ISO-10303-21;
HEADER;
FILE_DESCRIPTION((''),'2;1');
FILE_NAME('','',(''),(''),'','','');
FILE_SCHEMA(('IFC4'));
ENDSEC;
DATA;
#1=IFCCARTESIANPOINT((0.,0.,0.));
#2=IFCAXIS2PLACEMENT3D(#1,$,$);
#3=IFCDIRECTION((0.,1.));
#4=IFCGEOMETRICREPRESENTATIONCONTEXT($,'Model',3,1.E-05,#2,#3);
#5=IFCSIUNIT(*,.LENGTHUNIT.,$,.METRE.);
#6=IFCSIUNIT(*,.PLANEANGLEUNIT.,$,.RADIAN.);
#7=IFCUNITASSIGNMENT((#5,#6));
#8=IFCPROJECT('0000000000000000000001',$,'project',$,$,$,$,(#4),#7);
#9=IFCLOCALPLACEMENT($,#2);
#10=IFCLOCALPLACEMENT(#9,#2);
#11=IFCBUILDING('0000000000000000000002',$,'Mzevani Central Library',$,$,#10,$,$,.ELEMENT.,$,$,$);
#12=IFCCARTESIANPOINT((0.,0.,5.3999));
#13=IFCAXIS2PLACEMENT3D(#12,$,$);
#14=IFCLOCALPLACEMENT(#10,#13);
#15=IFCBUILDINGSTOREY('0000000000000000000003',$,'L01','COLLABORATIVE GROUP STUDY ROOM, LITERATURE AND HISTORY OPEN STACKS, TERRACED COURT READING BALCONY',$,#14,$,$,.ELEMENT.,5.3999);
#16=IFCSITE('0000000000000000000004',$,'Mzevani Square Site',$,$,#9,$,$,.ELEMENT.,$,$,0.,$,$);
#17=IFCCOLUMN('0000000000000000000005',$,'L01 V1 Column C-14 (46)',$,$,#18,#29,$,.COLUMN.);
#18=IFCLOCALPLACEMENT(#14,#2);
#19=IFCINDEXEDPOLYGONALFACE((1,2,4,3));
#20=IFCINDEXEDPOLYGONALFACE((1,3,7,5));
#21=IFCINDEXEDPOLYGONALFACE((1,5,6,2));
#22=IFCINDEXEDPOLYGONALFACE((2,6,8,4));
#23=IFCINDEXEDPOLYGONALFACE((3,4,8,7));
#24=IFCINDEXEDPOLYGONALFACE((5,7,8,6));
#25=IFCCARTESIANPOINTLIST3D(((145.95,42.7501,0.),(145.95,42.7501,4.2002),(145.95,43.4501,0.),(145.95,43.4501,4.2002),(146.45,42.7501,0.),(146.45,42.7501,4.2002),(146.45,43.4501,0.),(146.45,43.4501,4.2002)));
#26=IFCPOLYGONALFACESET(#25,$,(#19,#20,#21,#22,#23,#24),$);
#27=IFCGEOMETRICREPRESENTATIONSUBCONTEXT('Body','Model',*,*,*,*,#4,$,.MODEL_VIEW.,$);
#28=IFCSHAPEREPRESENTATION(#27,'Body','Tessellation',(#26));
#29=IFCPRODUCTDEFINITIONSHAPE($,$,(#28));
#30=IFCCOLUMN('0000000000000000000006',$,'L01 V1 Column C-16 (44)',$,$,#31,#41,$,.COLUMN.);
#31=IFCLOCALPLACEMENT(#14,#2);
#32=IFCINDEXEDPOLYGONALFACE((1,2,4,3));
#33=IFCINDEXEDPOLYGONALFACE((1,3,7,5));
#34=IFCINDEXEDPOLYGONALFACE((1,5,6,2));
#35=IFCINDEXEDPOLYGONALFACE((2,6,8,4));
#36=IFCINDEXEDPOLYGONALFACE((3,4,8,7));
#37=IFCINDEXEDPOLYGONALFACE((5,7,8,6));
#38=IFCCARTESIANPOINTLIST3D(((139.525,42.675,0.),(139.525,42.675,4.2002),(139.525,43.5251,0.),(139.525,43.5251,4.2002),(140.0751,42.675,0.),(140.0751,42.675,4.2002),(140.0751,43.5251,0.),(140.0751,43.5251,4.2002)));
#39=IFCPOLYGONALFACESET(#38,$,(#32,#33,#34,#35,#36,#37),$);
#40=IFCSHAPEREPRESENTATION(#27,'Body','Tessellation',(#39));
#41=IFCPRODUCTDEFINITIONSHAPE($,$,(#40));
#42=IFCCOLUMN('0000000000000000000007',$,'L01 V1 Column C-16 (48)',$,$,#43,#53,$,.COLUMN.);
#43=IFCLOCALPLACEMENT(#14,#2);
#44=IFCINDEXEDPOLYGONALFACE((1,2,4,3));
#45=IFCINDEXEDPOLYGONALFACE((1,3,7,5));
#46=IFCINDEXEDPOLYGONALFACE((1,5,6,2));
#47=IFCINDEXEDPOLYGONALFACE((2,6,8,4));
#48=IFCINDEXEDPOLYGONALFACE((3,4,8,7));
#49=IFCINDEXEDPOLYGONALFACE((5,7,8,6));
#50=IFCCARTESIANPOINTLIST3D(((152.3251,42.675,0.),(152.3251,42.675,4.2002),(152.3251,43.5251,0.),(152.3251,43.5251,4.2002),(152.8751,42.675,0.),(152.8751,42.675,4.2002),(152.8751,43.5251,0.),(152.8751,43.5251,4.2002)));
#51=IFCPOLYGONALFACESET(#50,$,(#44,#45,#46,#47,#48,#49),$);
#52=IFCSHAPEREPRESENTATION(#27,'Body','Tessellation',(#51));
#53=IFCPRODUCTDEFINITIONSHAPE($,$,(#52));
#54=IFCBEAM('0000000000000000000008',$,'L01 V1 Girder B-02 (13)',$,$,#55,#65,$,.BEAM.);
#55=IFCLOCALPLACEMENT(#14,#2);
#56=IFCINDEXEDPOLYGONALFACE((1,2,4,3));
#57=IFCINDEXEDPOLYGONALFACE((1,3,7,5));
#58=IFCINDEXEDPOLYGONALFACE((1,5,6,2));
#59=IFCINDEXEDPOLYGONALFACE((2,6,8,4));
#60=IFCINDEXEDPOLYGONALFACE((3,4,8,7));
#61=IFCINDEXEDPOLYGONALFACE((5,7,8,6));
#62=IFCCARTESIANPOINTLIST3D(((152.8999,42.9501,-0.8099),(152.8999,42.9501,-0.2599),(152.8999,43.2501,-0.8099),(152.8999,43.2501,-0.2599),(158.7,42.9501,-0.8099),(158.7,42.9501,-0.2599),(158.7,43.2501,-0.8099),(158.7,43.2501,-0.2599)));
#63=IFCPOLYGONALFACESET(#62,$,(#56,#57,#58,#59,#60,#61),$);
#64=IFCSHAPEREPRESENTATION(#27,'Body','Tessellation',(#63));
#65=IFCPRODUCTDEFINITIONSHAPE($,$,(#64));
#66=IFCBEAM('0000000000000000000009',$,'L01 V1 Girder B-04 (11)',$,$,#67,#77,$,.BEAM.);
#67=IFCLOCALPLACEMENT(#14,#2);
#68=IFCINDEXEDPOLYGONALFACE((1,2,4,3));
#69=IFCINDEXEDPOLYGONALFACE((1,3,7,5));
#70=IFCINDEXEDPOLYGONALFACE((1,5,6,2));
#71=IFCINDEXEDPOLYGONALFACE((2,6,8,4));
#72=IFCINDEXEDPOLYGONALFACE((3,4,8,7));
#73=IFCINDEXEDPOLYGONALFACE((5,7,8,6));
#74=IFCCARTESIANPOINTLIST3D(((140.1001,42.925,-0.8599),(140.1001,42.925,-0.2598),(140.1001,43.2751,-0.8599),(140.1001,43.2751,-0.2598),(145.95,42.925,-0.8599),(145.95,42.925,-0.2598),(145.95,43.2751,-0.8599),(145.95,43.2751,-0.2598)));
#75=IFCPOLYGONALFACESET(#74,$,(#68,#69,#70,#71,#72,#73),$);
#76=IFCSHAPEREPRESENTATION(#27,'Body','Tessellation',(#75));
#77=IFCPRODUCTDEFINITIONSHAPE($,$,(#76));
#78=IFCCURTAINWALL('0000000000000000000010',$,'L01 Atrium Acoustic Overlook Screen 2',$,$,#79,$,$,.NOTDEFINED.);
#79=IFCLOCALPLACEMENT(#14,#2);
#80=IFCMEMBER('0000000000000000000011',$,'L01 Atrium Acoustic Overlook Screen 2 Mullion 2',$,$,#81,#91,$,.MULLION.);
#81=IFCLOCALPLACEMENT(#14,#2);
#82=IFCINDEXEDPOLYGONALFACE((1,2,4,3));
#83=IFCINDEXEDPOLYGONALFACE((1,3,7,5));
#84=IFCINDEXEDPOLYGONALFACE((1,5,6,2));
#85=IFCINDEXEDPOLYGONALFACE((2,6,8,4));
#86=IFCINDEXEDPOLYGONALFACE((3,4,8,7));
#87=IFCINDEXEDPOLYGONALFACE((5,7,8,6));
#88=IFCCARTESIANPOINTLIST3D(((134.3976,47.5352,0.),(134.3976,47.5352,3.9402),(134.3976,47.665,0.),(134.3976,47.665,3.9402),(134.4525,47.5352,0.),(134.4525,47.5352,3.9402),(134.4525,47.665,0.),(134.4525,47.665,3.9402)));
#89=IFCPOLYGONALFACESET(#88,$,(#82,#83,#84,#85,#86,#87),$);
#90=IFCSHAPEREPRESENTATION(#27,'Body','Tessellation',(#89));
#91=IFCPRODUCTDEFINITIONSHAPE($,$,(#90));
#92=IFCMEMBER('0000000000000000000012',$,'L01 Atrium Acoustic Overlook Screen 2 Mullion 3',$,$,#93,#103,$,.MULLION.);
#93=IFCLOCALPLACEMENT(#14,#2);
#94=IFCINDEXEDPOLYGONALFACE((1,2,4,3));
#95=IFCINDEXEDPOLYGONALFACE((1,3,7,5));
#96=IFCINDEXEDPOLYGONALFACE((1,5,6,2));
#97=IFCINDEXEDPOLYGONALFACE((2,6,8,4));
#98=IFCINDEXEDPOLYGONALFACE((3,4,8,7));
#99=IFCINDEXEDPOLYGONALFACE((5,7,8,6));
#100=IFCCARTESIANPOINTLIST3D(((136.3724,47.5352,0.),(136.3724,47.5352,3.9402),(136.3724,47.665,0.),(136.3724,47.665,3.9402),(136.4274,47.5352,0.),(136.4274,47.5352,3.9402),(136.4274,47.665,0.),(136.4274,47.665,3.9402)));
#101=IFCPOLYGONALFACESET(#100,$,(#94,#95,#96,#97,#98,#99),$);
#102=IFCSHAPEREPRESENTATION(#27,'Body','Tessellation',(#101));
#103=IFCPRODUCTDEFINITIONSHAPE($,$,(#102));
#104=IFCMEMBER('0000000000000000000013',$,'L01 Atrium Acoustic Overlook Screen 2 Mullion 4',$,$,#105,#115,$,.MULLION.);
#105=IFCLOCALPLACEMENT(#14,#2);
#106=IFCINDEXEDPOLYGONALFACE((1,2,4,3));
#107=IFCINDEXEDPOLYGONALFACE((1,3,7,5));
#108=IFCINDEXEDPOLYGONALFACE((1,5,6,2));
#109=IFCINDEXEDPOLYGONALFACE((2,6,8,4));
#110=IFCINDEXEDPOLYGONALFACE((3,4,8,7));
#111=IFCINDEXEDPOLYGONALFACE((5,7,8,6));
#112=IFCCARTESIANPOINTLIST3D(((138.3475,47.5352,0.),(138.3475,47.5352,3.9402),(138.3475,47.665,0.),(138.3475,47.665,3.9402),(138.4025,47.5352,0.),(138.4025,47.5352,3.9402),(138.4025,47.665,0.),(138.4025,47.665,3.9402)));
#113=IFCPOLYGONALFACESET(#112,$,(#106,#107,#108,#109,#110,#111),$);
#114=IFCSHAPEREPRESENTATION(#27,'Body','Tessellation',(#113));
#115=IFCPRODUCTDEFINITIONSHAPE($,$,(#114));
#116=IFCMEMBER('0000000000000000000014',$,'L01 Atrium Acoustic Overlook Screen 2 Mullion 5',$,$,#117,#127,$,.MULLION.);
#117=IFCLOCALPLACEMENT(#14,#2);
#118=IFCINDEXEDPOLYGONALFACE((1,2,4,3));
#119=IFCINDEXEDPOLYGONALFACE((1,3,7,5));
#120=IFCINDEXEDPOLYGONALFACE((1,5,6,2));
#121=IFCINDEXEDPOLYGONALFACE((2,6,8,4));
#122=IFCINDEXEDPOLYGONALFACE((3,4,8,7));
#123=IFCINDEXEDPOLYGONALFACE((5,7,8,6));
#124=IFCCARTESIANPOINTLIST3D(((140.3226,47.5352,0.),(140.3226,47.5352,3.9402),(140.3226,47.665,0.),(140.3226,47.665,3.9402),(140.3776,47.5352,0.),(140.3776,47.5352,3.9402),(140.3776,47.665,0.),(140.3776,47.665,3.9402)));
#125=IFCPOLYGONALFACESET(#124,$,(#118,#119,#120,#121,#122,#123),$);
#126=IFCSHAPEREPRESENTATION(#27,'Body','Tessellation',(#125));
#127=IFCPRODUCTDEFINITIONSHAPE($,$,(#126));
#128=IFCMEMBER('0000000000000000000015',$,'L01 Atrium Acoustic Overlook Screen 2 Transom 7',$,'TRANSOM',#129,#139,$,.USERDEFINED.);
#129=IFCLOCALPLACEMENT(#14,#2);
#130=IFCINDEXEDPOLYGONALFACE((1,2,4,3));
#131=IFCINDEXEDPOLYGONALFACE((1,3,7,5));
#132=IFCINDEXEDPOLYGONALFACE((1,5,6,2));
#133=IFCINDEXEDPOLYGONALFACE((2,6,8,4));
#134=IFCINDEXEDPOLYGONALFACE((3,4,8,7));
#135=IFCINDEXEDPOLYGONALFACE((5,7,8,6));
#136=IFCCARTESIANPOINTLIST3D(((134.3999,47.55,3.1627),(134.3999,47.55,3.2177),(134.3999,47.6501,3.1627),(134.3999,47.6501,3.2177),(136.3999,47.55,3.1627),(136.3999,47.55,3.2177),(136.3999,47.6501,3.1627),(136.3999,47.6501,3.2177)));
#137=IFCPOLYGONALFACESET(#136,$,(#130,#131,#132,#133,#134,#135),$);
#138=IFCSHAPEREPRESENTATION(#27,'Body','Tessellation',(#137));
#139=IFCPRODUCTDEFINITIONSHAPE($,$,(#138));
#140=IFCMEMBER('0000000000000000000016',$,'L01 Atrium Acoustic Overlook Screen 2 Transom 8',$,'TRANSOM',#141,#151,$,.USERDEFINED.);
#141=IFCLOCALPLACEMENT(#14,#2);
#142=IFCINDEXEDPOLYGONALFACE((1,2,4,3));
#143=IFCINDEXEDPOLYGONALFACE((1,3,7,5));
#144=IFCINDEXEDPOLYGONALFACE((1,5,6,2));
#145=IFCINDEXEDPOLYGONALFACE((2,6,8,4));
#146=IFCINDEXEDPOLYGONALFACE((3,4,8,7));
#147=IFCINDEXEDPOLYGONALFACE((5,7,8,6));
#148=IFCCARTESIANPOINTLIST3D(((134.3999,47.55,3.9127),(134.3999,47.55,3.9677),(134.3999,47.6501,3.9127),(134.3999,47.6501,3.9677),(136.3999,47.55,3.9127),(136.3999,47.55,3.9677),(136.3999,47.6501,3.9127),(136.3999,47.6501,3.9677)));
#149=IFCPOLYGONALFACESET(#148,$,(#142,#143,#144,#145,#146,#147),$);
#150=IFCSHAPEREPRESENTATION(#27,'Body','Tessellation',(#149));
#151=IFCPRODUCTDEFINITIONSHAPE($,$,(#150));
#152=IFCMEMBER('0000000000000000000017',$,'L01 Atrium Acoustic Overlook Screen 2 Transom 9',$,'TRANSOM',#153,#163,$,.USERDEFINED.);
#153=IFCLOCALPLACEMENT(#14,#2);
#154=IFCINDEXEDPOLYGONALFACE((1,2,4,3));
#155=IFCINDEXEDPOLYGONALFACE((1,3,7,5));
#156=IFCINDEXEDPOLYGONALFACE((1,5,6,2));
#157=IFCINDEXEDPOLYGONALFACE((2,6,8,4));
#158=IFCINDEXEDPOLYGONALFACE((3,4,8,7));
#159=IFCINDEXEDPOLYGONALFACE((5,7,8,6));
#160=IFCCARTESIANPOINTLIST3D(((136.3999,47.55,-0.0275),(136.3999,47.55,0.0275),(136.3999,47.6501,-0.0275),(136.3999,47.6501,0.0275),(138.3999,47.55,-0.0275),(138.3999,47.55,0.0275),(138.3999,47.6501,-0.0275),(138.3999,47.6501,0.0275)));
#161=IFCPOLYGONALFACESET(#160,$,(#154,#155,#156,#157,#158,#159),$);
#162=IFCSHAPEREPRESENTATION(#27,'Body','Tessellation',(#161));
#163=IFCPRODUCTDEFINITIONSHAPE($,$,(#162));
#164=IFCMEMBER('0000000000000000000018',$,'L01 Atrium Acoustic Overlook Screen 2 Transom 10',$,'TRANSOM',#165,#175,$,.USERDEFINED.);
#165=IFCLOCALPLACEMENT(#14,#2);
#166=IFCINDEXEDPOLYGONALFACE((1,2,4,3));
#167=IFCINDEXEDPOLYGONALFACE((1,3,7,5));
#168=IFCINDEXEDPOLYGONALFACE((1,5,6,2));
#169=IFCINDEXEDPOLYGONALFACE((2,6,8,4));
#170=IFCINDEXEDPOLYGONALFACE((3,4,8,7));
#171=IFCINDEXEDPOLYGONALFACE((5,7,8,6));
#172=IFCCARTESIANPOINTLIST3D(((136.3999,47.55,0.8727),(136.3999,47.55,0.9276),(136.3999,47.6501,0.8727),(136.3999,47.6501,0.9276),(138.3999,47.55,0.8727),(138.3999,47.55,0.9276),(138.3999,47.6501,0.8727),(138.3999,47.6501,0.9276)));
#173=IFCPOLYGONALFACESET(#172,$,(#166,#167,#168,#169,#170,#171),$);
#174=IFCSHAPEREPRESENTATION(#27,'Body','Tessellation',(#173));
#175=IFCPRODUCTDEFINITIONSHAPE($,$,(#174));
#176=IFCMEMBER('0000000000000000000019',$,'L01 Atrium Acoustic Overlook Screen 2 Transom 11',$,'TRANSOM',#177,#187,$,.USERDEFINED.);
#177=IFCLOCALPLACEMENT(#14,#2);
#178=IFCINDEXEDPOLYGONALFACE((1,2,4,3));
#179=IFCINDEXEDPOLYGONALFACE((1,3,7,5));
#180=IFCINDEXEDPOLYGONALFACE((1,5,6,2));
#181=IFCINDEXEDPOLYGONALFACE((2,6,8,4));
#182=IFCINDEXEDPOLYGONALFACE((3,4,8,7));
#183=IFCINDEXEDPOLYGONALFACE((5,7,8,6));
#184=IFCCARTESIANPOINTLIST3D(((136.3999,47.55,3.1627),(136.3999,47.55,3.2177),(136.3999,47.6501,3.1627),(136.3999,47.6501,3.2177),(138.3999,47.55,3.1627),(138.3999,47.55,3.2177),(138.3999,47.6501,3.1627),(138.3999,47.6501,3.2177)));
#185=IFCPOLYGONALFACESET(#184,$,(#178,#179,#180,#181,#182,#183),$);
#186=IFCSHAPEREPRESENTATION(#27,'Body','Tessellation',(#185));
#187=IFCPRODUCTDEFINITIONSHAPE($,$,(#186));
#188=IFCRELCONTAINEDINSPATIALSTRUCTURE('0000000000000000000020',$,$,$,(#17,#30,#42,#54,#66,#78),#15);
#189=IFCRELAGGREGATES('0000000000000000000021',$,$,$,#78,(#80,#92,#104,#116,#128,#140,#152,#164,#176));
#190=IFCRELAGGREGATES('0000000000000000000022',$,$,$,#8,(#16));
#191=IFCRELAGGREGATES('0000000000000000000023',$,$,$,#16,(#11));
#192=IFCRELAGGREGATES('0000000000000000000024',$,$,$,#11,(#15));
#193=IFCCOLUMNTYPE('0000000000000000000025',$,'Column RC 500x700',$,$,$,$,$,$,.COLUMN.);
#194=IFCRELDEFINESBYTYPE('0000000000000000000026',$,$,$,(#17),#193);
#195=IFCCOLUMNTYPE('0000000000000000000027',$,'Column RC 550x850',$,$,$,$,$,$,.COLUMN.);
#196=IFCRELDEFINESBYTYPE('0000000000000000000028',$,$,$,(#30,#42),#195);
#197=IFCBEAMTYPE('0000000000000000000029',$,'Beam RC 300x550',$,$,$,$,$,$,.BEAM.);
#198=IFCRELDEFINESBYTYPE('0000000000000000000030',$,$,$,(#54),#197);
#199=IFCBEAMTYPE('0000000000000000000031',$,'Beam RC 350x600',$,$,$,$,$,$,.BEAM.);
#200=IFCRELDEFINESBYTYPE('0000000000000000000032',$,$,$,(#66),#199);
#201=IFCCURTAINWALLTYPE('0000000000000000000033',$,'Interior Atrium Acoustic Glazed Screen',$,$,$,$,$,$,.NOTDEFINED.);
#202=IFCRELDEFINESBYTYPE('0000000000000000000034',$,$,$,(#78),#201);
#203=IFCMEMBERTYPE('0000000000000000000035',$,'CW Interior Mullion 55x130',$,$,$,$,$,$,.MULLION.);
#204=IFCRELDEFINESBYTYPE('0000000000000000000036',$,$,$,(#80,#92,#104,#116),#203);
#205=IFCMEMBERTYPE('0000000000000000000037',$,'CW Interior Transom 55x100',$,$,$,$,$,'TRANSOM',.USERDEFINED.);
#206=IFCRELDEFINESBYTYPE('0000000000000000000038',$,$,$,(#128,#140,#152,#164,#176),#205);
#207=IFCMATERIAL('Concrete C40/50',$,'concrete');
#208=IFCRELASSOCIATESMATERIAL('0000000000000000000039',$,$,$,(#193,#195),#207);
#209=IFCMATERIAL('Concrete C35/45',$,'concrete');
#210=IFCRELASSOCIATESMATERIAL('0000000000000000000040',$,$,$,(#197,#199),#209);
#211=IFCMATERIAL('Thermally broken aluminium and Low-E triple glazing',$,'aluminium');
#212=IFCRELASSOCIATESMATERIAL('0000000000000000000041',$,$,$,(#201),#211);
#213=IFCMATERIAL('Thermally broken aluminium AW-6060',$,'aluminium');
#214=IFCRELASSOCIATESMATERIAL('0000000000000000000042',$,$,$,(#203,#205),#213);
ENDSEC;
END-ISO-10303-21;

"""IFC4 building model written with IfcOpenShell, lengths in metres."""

from ifc_helpers import new_model, si_unit, direction, frame, origin, origin_2d, place, context, subcontext, project, spatial, rectangle, extrude, material, material_profile, profile_set, type_object, element, aggregate, save


model = new_model("IFC4")

# Units and contexts
model_context = context("Model", 3, precision=1e-05, world=origin(), true_north=direction((0.0, 1.0)))
body_context = subcontext(model_context, "Body", "Model", "MODEL_VIEW")
ifc_project = project(units=[si_unit("LENGTHUNIT", "METRE"), si_unit("PLANEANGLEUNIT", "RADIAN")], contexts=[model_context])

# Site, building, storey
site_placement = place(None, origin())
site = spatial("IfcSite", under=ifc_project, at=site_placement, Name="Mzevani Square Site", CompositionType="ELEMENT", RefElevation=0.0)
building_placement = place(site_placement, origin())
building = spatial("IfcBuilding", under=site, at=building_placement, Name="Mzevani Central Library", CompositionType="ELEMENT")
storey_placement = place(building_placement, frame((0.0, 0.0, 5.3999)))
storey = spatial("IfcBuildingStorey", under=building, at=storey_placement, Name="L01", Description="COLLABORATIVE GROUP STUDY ROOM, LITERATURE AND HISTORY OPEN STACKS, TERRACED COURT READING BALCONY", CompositionType="ELEMENT", Elevation=5.3999)

# Columns
ifc_material_1 = material(Name="Concrete C40/50", Category="concrete")
ifc_material_profile_1 = material_profile(ifc_material_1, rectangle(XDim=0.5, YDim=0.7, at=origin_2d()), Name="RC 500x700")
ifc_profile_set_1 = profile_set([ifc_material_profile_1], Name="Concrete C40/50")
column_type_1 = type_object("IfcColumnType", Name="Column RC 500x700", PredefinedType="COLUMN", material=ifc_profile_set_1)
column_placement = place(storey_placement, frame((146.2, 43.1001, 0.0), z_axis=(0.0, 0.0, 1.0), x_axis=(1.0, 0.0, 0.0)))
element("IfcColumn", 1, at=column_placement, inside=storey, type_object=column_type_1, Name="L01 V1 Column C-14 (46)", PredefinedType="COLUMN", context=body_context, shape_type="SweptSolid", body=[
    extrude(rectangle(XDim=0.5, YDim=0.7, at=origin_2d()), origin(), (0.0, 0.0, 1.0), 4.2002),
])
ifc_material_profile_2 = material_profile(ifc_material_1, rectangle(XDim=0.55, YDim=0.8501, at=origin_2d()), Name="RC 550x850")
ifc_profile_set_2 = profile_set([ifc_material_profile_2], Name="Concrete C40/50")
column_type_2 = type_object("IfcColumnType", Name="Column RC 550x850", PredefinedType="COLUMN", material=ifc_profile_set_2)
for number, where, z_axis, x_axis, name in (
    (2, (139.8, 43.1001, 0.0), (0.0, 0.0, 1.0), (1.0, 0.0, 0.0), "L01 V1 Column C-16 (44)"),
    (3, (152.6001, 43.1001, 0.0), (0.0, 0.0, 1.0), (1.0, 0.0, 0.0), "L01 V1 Column C-16 (48)"),
):
    element("IfcColumn", number, at=place(storey_placement, frame(where, z_axis=z_axis, x_axis=x_axis)), inside=storey, type_object=column_type_2, Name=name, PredefinedType="COLUMN", context=body_context, shape_type="SweptSolid", body=[
        extrude(rectangle(XDim=0.55, YDim=0.8501, at=origin_2d()), origin(), (0.0, 0.0, 1.0), 4.2002),
    ])

# Beams
ifc_material_2 = material(Name="Concrete C35/45", Category="concrete")
ifc_material_profile_3 = material_profile(ifc_material_2, rectangle(XDim=0.3, YDim=0.55, at=origin_2d()), Name="RC B300x550")
ifc_profile_set_3 = profile_set([ifc_material_profile_3], Name="Concrete C35/45")
beam_type_1 = type_object("IfcBeamType", Name="Beam RC 300x550", PredefinedType="BEAM", material=ifc_profile_set_3)
beam_1_placement = place(storey_placement, frame((152.8999, 43.1001, -0.5349), z_axis=(1.0, 0.0, 0.0), x_axis=(0.0, 1.0, 0.0)))
element("IfcBeam", 4, at=beam_1_placement, inside=storey, type_object=beam_type_1, Name="L01 V1 Girder B-02 (13)", PredefinedType="BEAM", context=body_context, shape_type="SweptSolid", body=[
    extrude(rectangle(XDim=0.3, YDim=0.55, at=origin_2d()), origin(), (0.0, 0.0, 1.0), 5.8),
])
ifc_material_profile_4 = material_profile(ifc_material_2, rectangle(XDim=0.3501, YDim=0.6001, at=origin_2d()), Name="RC B350x600")
ifc_profile_set_4 = profile_set([ifc_material_profile_4], Name="Concrete C35/45")
beam_type_2 = type_object("IfcBeamType", Name="Beam RC 350x600", PredefinedType="BEAM", material=ifc_profile_set_4)
beam_2_placement = place(storey_placement, frame((140.1001, 43.1001, -0.5598), z_axis=(1.0, 0.0, 0.0), x_axis=(0.0, 1.0, 0.0)))
element("IfcBeam", 5, at=beam_2_placement, inside=storey, type_object=beam_type_2, Name="L01 V1 Girder B-04 (11)", PredefinedType="BEAM", context=body_context, shape_type="SweptSolid", body=[
    extrude(rectangle(XDim=0.3501, YDim=0.6001, at=origin_2d()), origin(), (0.0, 0.0, 1.0), 5.8499),
])

# Curtain wall, members
ifc_material_3 = material(Name="Thermally broken aluminium and Low-E triple glazing", Category="aluminium")
curtain_wall_type = type_object("IfcCurtainWallType", Name="Interior Atrium Acoustic Glazed Screen", PredefinedType="NOTDEFINED", material=ifc_material_3)
curtain_wall_placement = place(storey_placement, origin())
curtain_wall = element("IfcCurtainWall", 6, at=curtain_wall_placement, inside=storey, type_object=curtain_wall_type, Name="L01 Atrium Acoustic Overlook Screen 2", PredefinedType="NOTDEFINED")
ifc_material_4 = material(Name="Thermally broken aluminium AW-6060", Category="aluminium")
ifc_material_profile_5 = material_profile(ifc_material_4, rectangle(XDim=0.0549, YDim=0.1299, at=origin_2d()), Name="ALU M55x130")
ifc_profile_set_5 = profile_set([ifc_material_profile_5], Name="Thermally broken aluminium AW-6060")
member_type_1 = type_object("IfcMemberType", Name="CW Interior Mullion 55x130", PredefinedType="MULLION", material=ifc_profile_set_5)
member_1_placement = place(storey_placement, frame((134.425, 47.6001, 0.0), z_axis=(0.0, 0.0, 1.0), x_axis=(1.0, 0.0, 0.0)))
member_1 = element("IfcMember", 7, at=member_1_placement, type_object=member_type_1, Name="L01 Atrium Acoustic Overlook Screen 2 Mullion 2", PredefinedType="MULLION", context=body_context, shape_type="SweptSolid", body=[
    extrude(rectangle(XDim=0.0549, YDim=0.1299, at=origin_2d()), origin(), (0.0, 0.0, 1.0), 3.9402),
])
member_2_placement = place(storey_placement, frame((136.3999, 47.6001, 0.0), z_axis=(0.0, 0.0, 1.0), x_axis=(1.0, 0.0, 0.0)))
member_2 = element("IfcMember", 8, at=member_2_placement, type_object=member_type_1, Name="L01 Atrium Acoustic Overlook Screen 2 Mullion 3", PredefinedType="MULLION", context=body_context, shape_type="SweptSolid", body=[
    extrude(rectangle(XDim=0.0549, YDim=0.1299, at=origin_2d()), origin(), (0.0, 0.0, 1.0), 3.9402),
])
member_3_placement = place(storey_placement, frame((138.375, 47.6001, 0.0), z_axis=(0.0, 0.0, 1.0), x_axis=(1.0, 0.0, 0.0)))
member_3 = element("IfcMember", 9, at=member_3_placement, type_object=member_type_1, Name="L01 Atrium Acoustic Overlook Screen 2 Mullion 4", PredefinedType="MULLION", context=body_context, shape_type="SweptSolid", body=[
    extrude(rectangle(XDim=0.0549, YDim=0.1299, at=origin_2d()), origin(), (0.0, 0.0, 1.0), 3.9402),
])
member_4_placement = place(storey_placement, frame((140.3501, 47.6001, 0.0), z_axis=(0.0, 0.0, 1.0), x_axis=(1.0, 0.0, 0.0)))
member_4 = element("IfcMember", 10, at=member_4_placement, type_object=member_type_1, Name="L01 Atrium Acoustic Overlook Screen 2 Mullion 5", PredefinedType="MULLION", context=body_context, shape_type="SweptSolid", body=[
    extrude(rectangle(XDim=0.0549, YDim=0.1299, at=origin_2d()), origin(), (0.0, 0.0, 1.0), 3.9402),
])
ifc_material_profile_6 = material_profile(ifc_material_4, rectangle(XDim=0.1001, YDim=0.0549, at=origin_2d()), Name="ALU T55x100")
ifc_profile_set_6 = profile_set([ifc_material_profile_6], Name="Thermally broken aluminium AW-6060")
member_type_2 = type_object("IfcMemberType", Name="CW Interior Transom 55x100", ElementType="TRANSOM", PredefinedType="USERDEFINED", material=ifc_profile_set_6)
member_5_placement = place(storey_placement, frame((134.3999, 47.6001, 3.1902), z_axis=(1.0, 0.0, 0.0), x_axis=(0.0, 1.0, 0.0)))
member_5 = element("IfcMember", 11, at=member_5_placement, type_object=member_type_2, Name="L01 Atrium Acoustic Overlook Screen 2 Transom 7", ObjectType="TRANSOM", PredefinedType="USERDEFINED", context=body_context, shape_type="SweptSolid", body=[
    extrude(rectangle(XDim=0.1001, YDim=0.0549, at=origin_2d()), origin(), (0.0, 0.0, 1.0), 2.0),
])
member_6_placement = place(storey_placement, frame((134.3999, 47.6001, 3.9402), z_axis=(1.0, 0.0, 0.0), x_axis=(0.0, 1.0, 0.0)))
member_6 = element("IfcMember", 12, at=member_6_placement, type_object=member_type_2, Name="L01 Atrium Acoustic Overlook Screen 2 Transom 8", ObjectType="TRANSOM", PredefinedType="USERDEFINED", context=body_context, shape_type="SweptSolid", body=[
    extrude(rectangle(XDim=0.1001, YDim=0.0549, at=origin_2d()), origin(), (0.0, 0.0, 1.0), 2.0),
])
member_7_placement = place(storey_placement, frame((136.3999, 47.6001, 0.0), z_axis=(1.0, 0.0, 0.0), x_axis=(0.0, 1.0, 0.0)))
member_7 = element("IfcMember", 13, at=member_7_placement, type_object=member_type_2, Name="L01 Atrium Acoustic Overlook Screen 2 Transom 9", ObjectType="TRANSOM", PredefinedType="USERDEFINED", context=body_context, shape_type="SweptSolid", body=[
    extrude(rectangle(XDim=0.1001, YDim=0.0549, at=origin_2d()), origin(), (0.0, 0.0, 1.0), 2.0),
])
member_8_placement = place(storey_placement, frame((136.3999, 47.6001, 0.9001), z_axis=(1.0, 0.0, 0.0), x_axis=(0.0, 1.0, 0.0)))
member_8 = element("IfcMember", 14, at=member_8_placement, type_object=member_type_2, Name="L01 Atrium Acoustic Overlook Screen 2 Transom 10", ObjectType="TRANSOM", PredefinedType="USERDEFINED", context=body_context, shape_type="SweptSolid", body=[
    extrude(rectangle(XDim=0.1001, YDim=0.0549, at=origin_2d()), origin(), (0.0, 0.0, 1.0), 2.0),
])
member_9_placement = place(storey_placement, frame((136.3999, 47.6001, 3.1902), z_axis=(1.0, 0.0, 0.0), x_axis=(0.0, 1.0, 0.0)))
member_9 = element("IfcMember", 15, at=member_9_placement, type_object=member_type_2, Name="L01 Atrium Acoustic Overlook Screen 2 Transom 11", ObjectType="TRANSOM", PredefinedType="USERDEFINED", context=body_context, shape_type="SweptSolid", body=[
    extrude(rectangle(XDim=0.1001, YDim=0.0549, at=origin_2d()), origin(), (0.0, 0.0, 1.0), 2.0),
])

aggregate(curtain_wall, [member_1, member_2, member_3, member_4, member_5, member_6, member_7, member_8, member_9])

save(model, "model.ifc")
